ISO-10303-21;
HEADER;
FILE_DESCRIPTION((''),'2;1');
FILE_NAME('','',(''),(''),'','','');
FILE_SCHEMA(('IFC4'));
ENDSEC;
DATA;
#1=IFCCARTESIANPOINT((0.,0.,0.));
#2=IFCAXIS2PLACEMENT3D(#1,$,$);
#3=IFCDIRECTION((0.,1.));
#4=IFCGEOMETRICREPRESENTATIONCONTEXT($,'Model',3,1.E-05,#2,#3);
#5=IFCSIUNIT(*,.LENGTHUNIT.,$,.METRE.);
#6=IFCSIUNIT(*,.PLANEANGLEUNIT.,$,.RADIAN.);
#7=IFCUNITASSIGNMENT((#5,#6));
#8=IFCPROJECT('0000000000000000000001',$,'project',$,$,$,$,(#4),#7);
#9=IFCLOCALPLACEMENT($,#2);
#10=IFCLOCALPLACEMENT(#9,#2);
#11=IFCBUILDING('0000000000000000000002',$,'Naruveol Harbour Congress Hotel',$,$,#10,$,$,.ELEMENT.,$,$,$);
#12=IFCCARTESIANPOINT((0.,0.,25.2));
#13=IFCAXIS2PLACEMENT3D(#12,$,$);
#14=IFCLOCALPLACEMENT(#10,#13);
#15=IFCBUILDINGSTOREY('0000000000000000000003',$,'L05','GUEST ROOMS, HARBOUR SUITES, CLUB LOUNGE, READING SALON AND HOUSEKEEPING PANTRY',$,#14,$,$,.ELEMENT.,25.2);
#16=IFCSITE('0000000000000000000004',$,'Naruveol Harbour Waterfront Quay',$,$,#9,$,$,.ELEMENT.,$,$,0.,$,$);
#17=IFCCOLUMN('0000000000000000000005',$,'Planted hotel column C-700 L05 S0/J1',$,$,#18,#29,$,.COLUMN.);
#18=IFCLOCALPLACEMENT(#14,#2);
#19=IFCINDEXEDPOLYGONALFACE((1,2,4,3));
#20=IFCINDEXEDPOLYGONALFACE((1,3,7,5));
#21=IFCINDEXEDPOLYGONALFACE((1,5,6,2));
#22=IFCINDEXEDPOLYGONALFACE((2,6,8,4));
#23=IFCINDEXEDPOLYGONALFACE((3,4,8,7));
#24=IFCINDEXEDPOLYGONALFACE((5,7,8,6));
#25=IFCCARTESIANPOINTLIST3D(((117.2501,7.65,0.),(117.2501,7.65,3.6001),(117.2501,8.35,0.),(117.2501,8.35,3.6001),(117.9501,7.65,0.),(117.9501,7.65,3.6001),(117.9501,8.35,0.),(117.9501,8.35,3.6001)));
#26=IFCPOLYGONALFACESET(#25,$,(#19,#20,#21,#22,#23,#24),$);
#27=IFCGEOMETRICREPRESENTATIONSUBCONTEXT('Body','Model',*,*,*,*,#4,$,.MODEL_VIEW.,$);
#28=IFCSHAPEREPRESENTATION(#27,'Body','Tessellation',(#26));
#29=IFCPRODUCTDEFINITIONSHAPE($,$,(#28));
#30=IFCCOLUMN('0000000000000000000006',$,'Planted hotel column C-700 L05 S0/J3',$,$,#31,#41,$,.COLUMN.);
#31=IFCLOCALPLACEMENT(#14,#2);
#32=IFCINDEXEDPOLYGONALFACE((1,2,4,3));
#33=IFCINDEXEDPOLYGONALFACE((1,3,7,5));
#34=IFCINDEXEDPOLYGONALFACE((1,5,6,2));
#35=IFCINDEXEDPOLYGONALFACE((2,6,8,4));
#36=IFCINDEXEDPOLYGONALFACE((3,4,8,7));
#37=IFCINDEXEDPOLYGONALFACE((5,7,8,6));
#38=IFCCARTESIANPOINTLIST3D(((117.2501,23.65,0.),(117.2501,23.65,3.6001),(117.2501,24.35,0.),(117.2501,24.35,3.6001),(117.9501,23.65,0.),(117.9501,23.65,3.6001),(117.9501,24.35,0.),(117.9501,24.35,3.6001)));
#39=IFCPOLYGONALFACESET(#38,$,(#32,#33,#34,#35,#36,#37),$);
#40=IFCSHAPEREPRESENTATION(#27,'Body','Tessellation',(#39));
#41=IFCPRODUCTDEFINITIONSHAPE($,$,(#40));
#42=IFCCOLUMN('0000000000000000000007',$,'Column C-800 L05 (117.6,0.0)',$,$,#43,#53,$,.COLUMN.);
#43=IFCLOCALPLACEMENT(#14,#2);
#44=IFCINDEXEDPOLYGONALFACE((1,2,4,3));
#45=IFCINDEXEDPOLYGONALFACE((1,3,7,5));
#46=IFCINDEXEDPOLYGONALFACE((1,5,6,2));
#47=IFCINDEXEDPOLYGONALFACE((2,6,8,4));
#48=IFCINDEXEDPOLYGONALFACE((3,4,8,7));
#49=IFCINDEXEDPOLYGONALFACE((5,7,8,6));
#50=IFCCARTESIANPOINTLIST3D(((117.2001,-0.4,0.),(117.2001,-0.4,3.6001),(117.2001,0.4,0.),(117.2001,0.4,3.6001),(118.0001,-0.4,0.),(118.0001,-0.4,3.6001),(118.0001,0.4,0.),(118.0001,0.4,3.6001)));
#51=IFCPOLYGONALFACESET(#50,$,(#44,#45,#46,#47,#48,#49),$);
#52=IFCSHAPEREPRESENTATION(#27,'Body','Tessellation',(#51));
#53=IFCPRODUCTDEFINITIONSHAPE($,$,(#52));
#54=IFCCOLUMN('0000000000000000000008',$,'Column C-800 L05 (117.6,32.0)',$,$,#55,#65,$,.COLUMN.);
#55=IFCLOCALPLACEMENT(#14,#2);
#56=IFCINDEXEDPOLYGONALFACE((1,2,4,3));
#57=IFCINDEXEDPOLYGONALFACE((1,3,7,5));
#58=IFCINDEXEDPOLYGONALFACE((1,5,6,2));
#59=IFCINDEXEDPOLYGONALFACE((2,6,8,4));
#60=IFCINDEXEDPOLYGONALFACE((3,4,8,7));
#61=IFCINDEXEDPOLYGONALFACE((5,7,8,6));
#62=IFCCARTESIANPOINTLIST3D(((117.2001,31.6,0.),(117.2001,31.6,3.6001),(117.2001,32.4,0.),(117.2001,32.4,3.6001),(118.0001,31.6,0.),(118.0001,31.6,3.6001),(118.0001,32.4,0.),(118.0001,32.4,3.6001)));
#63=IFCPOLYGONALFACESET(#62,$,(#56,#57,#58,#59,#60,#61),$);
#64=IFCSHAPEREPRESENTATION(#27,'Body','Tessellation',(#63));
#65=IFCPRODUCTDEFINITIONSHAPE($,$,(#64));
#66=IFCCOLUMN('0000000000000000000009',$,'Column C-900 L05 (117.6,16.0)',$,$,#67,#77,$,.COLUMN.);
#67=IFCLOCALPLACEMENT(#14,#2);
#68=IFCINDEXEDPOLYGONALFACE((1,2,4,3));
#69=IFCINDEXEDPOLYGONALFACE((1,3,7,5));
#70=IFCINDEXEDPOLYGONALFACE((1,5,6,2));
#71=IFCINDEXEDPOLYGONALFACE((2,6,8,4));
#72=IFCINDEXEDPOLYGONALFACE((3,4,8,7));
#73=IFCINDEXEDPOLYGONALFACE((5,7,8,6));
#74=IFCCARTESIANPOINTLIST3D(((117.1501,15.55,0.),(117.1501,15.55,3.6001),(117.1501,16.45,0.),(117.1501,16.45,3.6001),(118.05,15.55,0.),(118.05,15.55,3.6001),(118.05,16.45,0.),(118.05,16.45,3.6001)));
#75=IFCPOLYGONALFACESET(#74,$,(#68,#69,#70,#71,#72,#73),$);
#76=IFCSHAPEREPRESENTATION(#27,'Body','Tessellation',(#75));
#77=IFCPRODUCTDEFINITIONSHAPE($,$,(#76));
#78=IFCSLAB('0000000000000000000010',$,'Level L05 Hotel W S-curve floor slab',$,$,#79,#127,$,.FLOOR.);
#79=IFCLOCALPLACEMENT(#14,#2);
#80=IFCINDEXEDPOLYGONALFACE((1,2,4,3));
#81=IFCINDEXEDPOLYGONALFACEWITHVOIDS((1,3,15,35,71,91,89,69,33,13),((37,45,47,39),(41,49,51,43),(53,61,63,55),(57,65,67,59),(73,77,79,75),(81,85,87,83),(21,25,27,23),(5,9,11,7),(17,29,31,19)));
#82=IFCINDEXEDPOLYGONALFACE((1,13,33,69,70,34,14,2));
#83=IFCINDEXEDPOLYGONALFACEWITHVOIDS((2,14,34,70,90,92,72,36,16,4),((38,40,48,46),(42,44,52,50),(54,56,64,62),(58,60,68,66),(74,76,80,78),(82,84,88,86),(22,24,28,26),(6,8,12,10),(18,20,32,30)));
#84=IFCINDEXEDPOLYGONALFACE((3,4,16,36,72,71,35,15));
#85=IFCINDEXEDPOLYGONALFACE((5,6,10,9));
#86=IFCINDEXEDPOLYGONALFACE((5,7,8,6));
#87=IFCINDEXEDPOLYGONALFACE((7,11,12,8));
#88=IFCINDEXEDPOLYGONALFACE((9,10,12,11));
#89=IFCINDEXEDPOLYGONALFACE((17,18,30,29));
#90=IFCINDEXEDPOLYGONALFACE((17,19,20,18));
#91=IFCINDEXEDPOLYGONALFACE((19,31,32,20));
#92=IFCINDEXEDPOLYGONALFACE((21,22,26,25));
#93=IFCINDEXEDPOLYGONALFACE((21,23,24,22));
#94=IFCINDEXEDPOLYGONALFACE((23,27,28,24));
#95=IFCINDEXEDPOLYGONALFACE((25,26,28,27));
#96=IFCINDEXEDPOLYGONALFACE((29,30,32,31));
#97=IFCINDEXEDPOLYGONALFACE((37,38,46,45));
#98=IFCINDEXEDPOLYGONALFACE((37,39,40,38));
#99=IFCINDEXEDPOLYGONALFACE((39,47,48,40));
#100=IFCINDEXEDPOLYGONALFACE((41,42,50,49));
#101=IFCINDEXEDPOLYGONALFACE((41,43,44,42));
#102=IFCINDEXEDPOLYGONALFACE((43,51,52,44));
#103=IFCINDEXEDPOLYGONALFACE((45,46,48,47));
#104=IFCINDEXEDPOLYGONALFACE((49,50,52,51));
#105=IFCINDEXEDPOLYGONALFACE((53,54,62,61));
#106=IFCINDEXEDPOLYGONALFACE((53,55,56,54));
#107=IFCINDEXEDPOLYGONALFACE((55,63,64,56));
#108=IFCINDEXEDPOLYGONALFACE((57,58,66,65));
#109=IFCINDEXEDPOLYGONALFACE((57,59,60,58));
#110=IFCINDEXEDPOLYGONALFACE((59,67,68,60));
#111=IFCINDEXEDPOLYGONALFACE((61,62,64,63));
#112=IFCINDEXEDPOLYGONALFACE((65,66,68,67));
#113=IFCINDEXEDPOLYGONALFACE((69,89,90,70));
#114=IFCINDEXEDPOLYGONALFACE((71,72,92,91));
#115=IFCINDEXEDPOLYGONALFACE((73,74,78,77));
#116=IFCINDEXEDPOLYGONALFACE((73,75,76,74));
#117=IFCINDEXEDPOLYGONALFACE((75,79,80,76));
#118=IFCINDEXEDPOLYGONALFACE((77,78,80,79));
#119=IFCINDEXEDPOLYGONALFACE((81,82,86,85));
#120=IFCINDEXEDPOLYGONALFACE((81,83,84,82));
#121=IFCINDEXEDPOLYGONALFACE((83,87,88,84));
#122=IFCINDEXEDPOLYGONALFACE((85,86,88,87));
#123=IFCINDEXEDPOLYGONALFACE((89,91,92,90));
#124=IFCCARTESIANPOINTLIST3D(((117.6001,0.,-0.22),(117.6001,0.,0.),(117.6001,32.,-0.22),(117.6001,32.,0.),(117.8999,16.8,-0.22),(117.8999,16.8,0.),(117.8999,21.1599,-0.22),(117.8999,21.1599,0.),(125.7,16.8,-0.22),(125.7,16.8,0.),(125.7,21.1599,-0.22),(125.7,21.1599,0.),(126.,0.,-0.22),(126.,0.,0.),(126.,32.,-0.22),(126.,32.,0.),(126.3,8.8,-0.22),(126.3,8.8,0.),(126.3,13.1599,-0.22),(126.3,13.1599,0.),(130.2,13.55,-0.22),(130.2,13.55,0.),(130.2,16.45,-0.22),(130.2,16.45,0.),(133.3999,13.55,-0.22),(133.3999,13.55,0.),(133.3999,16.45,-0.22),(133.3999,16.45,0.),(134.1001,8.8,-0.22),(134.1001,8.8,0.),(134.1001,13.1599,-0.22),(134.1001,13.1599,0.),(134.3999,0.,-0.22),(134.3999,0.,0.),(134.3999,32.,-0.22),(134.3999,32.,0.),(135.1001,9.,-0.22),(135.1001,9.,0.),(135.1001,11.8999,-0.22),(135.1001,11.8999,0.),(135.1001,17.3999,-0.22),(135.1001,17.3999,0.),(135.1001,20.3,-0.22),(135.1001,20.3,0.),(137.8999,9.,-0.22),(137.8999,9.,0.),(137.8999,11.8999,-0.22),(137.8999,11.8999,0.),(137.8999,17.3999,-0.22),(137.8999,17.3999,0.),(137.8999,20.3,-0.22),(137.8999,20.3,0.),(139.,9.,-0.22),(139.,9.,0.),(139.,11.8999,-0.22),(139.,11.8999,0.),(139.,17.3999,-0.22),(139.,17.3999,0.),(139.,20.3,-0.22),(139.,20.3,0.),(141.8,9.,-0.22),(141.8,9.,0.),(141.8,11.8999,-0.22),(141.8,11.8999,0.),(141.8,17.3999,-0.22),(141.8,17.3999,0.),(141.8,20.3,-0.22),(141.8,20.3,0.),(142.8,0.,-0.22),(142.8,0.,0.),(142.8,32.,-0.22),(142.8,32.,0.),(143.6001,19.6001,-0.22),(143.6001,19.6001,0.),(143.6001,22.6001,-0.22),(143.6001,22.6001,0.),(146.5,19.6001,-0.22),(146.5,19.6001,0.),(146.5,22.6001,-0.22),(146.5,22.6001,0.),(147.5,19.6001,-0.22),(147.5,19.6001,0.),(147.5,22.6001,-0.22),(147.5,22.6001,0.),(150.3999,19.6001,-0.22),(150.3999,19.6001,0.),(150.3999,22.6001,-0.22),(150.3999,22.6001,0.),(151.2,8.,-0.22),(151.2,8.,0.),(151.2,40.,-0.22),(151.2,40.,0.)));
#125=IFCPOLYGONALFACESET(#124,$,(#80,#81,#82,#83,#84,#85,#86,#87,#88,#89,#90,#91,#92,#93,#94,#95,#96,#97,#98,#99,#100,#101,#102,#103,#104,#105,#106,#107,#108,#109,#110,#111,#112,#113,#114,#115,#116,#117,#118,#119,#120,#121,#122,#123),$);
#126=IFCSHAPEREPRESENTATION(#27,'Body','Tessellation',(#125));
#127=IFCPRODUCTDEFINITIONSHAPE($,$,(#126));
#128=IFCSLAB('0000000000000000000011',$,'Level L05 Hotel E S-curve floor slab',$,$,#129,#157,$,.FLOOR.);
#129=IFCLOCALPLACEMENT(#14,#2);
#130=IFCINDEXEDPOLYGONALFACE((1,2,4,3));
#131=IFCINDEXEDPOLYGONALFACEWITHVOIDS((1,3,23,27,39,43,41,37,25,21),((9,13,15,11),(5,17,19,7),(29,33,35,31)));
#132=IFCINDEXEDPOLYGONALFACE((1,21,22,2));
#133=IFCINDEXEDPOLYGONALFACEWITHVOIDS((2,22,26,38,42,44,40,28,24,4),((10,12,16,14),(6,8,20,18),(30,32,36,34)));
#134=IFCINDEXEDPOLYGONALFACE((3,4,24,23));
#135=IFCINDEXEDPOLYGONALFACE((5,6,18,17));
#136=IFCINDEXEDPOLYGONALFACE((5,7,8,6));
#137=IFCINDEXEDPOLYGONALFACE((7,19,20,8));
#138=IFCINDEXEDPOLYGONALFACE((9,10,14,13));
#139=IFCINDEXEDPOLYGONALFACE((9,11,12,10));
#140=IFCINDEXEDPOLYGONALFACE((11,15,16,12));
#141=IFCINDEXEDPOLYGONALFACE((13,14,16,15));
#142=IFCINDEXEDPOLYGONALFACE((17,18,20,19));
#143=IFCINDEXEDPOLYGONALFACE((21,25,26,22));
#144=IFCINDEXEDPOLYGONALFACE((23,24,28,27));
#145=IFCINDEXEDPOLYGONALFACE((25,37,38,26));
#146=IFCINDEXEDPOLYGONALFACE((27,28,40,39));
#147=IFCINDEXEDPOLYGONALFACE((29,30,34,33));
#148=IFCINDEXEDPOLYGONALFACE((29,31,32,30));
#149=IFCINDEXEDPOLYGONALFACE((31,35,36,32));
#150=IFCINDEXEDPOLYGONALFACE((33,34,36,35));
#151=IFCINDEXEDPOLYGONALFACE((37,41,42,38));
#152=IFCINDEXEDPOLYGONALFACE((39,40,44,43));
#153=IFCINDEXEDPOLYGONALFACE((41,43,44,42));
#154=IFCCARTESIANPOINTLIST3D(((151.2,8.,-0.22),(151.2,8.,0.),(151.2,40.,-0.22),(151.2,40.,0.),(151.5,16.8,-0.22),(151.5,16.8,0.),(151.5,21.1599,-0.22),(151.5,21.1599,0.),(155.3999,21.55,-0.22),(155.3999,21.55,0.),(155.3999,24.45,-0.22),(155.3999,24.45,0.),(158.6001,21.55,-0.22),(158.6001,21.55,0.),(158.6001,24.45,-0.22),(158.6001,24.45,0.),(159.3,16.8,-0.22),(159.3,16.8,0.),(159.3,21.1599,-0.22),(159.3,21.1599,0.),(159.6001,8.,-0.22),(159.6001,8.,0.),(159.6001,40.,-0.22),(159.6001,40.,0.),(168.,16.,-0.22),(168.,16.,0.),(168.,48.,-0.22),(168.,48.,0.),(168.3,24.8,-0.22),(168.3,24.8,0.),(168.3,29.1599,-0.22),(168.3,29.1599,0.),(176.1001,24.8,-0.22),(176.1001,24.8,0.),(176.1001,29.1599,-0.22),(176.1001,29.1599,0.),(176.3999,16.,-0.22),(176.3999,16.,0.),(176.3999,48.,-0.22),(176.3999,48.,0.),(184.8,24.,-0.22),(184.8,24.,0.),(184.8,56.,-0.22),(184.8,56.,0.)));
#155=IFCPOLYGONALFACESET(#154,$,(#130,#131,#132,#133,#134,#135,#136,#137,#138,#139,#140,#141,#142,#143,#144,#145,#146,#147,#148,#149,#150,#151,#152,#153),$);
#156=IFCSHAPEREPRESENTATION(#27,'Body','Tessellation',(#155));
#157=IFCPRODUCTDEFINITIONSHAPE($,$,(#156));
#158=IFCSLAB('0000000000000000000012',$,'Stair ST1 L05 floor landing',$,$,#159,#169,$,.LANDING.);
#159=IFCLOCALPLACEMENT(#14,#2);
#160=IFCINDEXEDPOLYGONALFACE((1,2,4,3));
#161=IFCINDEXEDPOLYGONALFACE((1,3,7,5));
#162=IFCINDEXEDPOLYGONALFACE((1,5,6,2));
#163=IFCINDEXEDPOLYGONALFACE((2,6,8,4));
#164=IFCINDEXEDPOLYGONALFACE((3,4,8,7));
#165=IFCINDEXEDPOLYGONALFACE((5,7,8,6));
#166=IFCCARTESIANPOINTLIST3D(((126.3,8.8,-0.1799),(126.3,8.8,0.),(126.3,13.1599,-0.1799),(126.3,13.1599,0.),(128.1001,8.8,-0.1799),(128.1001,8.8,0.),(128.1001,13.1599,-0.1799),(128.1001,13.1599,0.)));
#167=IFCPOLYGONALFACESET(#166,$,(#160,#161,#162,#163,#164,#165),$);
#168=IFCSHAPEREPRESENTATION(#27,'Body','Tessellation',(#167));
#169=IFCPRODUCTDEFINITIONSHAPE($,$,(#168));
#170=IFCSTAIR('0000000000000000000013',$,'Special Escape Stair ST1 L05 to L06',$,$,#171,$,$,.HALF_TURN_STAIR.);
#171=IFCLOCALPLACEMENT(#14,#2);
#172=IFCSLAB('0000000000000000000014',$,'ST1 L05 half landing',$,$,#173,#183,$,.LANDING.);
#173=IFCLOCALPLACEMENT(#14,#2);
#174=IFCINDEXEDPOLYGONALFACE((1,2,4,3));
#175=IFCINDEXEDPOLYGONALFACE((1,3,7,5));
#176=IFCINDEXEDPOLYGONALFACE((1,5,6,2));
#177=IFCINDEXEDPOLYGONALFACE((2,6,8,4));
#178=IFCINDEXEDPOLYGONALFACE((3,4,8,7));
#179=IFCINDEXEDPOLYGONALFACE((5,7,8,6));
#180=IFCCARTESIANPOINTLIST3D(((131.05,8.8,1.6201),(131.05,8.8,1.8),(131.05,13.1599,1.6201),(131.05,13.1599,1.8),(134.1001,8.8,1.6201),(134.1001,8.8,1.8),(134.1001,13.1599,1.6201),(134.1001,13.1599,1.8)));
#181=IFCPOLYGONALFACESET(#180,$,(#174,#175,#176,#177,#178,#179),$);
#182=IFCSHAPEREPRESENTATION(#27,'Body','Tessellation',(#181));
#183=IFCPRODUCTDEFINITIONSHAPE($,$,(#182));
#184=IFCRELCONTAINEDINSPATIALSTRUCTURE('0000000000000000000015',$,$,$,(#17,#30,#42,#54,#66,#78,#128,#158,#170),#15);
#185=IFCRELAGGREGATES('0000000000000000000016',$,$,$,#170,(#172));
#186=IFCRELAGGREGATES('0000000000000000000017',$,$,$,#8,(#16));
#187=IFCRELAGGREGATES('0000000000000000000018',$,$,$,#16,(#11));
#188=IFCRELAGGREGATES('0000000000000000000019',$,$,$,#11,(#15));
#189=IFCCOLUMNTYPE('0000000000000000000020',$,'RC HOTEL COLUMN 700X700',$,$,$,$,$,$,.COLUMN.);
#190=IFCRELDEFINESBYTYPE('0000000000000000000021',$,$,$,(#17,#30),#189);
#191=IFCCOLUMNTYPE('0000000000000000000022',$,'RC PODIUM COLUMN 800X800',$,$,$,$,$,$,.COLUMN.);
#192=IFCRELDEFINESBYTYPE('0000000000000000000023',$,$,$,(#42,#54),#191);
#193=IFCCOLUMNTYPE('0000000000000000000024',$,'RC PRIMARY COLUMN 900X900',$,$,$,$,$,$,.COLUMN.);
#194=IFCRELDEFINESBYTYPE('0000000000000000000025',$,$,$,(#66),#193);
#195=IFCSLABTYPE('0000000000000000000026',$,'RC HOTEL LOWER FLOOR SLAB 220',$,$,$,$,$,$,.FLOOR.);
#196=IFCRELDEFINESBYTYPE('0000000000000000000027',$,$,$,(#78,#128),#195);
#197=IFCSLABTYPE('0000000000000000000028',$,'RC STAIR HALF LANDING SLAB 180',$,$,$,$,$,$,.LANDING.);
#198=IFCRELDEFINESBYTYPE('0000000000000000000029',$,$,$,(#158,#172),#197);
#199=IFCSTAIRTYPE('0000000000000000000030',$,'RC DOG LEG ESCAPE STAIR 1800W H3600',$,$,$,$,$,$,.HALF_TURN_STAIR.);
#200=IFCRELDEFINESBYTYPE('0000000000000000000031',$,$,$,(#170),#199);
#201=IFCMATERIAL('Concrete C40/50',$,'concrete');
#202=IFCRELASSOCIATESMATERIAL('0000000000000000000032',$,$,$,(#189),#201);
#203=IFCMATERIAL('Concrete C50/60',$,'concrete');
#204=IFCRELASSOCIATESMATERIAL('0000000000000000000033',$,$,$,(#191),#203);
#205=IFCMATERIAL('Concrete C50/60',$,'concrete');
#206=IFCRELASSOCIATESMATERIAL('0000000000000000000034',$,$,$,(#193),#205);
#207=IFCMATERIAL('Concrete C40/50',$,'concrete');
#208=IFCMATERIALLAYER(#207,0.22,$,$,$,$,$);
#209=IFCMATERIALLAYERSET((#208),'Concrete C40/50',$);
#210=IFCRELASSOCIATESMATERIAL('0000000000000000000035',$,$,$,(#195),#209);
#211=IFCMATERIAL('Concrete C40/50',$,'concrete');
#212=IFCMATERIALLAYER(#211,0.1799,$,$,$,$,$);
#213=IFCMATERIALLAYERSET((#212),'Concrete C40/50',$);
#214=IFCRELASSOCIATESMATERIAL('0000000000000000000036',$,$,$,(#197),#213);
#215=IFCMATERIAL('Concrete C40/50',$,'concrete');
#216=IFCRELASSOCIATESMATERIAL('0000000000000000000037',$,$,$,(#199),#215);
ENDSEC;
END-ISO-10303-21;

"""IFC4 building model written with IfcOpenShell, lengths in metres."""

from ifc_helpers import new_model, si_unit, direction, frame, origin, origin_2d, place, context, subcontext, project, spatial, polyline, rectangle, outline, extrude, material, layer, layer_set, material_profile, profile_set, type_object, element, aggregate, save


model = new_model("IFC4")

# Units and contexts
model_context = context("Model", 3, precision=1e-05, world=origin(), true_north=direction((0.0, 1.0)))
body_context = subcontext(model_context, "Body", "Model", "MODEL_VIEW")
ifc_project = project(units=[si_unit("LENGTHUNIT", "METRE"), si_unit("PLANEANGLEUNIT", "RADIAN")], contexts=[model_context])

# Site, building, storey
site_placement = place(None, origin())
site = spatial("IfcSite", under=ifc_project, at=site_placement, Name="Naruveol Harbour Waterfront Quay", CompositionType="ELEMENT", RefElevation=0.0)
building_placement = place(site_placement, origin())
building = spatial("IfcBuilding", under=site, at=building_placement, Name="Naruveol Harbour Congress Hotel", CompositionType="ELEMENT")
storey_placement = place(building_placement, frame((0.0, 0.0, 25.2)))
storey = spatial("IfcBuildingStorey", under=building, at=storey_placement, Name="L05", Description="GUEST ROOMS, HARBOUR SUITES, CLUB LOUNGE, READING SALON AND HOUSEKEEPING PANTRY", CompositionType="ELEMENT", Elevation=25.2)

# Columns
ifc_material_1 = material(Name="Concrete C40/50", Category="concrete")
ifc_material_profile_1 = material_profile(ifc_material_1, rectangle(XDim=0.7, YDim=0.7, at=origin_2d()), Name="RC-700x700")
ifc_profile_set_1 = profile_set([ifc_material_profile_1], Name="Concrete C40/50")
column_type_1 = type_object("IfcColumnType", Name="RC HOTEL COLUMN 700X700", PredefinedType="COLUMN", material=ifc_profile_set_1)
for number, where, z_axis, x_axis, name in (
    (1, (117.6001, 8.0, 0.0), (0.0, 0.0, 1.0), (1.0, 0.0, 0.0), "Planted hotel column C-700 L05 S0/J1"),
    (2, (117.6001, 24.0, 0.0), (0.0, 0.0, 1.0), (1.0, 0.0, 0.0), "Planted hotel column C-700 L05 S0/J3"),
):
    element("IfcColumn", number, at=place(storey_placement, frame(where, z_axis=z_axis, x_axis=x_axis)), inside=storey, type_object=column_type_1, Name=name, PredefinedType="COLUMN", context=body_context, shape_type="SweptSolid", body=[
        extrude(rectangle(XDim=0.7, YDim=0.7, at=origin_2d()), origin(), (0.0, 0.0, 1.0), 3.6001),
    ])
ifc_material_2 = material(Name="Concrete C50/60", Category="concrete")
ifc_material_profile_2 = material_profile(ifc_material_2, rectangle(XDim=0.8, YDim=0.8, at=origin_2d()), Name="RC-800x800")
ifc_profile_set_2 = profile_set([ifc_material_profile_2], Name="Concrete C50/60")
column_type_2 = type_object("IfcColumnType", Name="RC PODIUM COLUMN 800X800", PredefinedType="COLUMN", material=ifc_profile_set_2)
for number, where, z_axis, x_axis, name in (
    (3, (117.6001, 0.0, 0.0), (0.0, 0.0, 1.0), (1.0, 0.0, 0.0), "Column C-800 L05 (117.6,0.0)"),
    (4, (117.6001, 32.0, 0.0), (0.0, 0.0, 1.0), (1.0, 0.0, 0.0), "Column C-800 L05 (117.6,32.0)"),
):
    element("IfcColumn", number, at=place(storey_placement, frame(where, z_axis=z_axis, x_axis=x_axis)), inside=storey, type_object=column_type_2, Name=name, PredefinedType="COLUMN", context=body_context, shape_type="SweptSolid", body=[
        extrude(rectangle(XDim=0.8, YDim=0.8, at=origin_2d()), origin(), (0.0, 0.0, 1.0), 3.6001),
    ])
ifc_material_3 = material(Name="Concrete C50/60", Category="concrete")
ifc_material_profile_3 = material_profile(ifc_material_3, rectangle(XDim=0.8999, YDim=0.8999, at=origin_2d()), Name="RC-900x900")
ifc_profile_set_3 = profile_set([ifc_material_profile_3], Name="Concrete C50/60")
column_type_3 = type_object("IfcColumnType", Name="RC PRIMARY COLUMN 900X900", PredefinedType="COLUMN", material=ifc_profile_set_3)
column_placement = place(storey_placement, frame((117.6001, 16.0, 0.0), z_axis=(0.0, 0.0, 1.0), x_axis=(1.0, 0.0, 0.0)))
element("IfcColumn", 5, at=column_placement, inside=storey, type_object=column_type_3, Name="Column C-900 L05 (117.6,16.0)", PredefinedType="COLUMN", context=body_context, shape_type="SweptSolid", body=[
    extrude(rectangle(XDim=0.8999, YDim=0.8999, at=origin_2d()), origin(), (0.0, 0.0, 1.0), 3.6001),
])

# Slabs
ifc_material_4 = material(Name="Concrete C40/50", Category="concrete")
ifc_layer_1 = layer(ifc_material_4, 0.22)
ifc_layer_set_1 = layer_set([ifc_layer_1], Name="Concrete C40/50")
slab_type_1 = type_object("IfcSlabType", Name="RC HOTEL LOWER FLOOR SLAB 220", PredefinedType="FLOOR", material=ifc_layer_set_1)
slab_1_placement = place(storey_placement, frame((0.0, 0.0, -0.22)))
element("IfcSlab", 6, at=slab_1_placement, inside=storey, type_object=slab_type_1, Name="Level L05 Hotel W S-curve floor slab", PredefinedType="FLOOR", context=body_context, shape_type="SweptSolid", body=[
    extrude(outline(polyline([(117.6001, 0.0), (126.0, 0.0), (134.3999, 0.0), (142.8, 0.0), (151.2, 8.0), (151.2, 40.0), (142.8, 32.0), (134.3999, 32.0), (126.0, 32.0), (117.6001, 32.0), (117.6001, 0.0)]), holes=[polyline([(126.3, 8.8), (134.1001, 8.8), (134.1001, 13.1599), (126.3, 13.1599), (126.3, 8.8)]), polyline([(117.8999, 16.8), (125.7, 16.8), (125.7, 21.1599), (117.8999, 21.1599), (117.8999, 16.8)]), polyline([(135.1001, 17.3999), (137.8999, 17.3999), (137.8999, 20.3), (135.1001, 20.3), (135.1001, 17.3999)]), polyline([(139.0, 17.3999), (141.8, 17.3999), (141.8, 20.3), (139.0, 20.3), (139.0, 17.3999)]), polyline([(135.1001, 9.0), (137.8999, 9.0), (137.8999, 11.8999), (135.1001, 11.8999), (135.1001, 9.0)]), polyline([(139.0, 9.0), (141.8, 9.0), (141.8, 11.8999), (139.0, 11.8999), (139.0, 9.0)]), polyline([(130.2, 13.55), (133.3999, 13.55), (133.3999, 16.45), (130.2, 16.45), (130.2, 13.55)]), polyline([(143.6001, 19.6001), (146.5, 19.6001), (146.5, 22.6001), (143.6001, 22.6001), (143.6001, 19.6001)]), polyline([(147.5, 19.6001), (150.3999, 19.6001), (150.3999, 22.6001), (147.5, 22.6001), (147.5, 19.6001)])]), origin(), (0.0, 0.0, 1.0), 0.22),
])
slab_2_placement = place(storey_placement, frame((0.0, 0.0, -0.22)))
element("IfcSlab", 7, at=slab_2_placement, inside=storey, type_object=slab_type_1, Name="Level L05 Hotel E S-curve floor slab", PredefinedType="FLOOR", context=body_context, shape_type="SweptSolid", body=[
    extrude(outline(polyline([(151.2, 8.0), (159.6001, 8.0), (168.0, 16.0), (176.3999, 16.0), (184.8, 24.0), (184.8, 56.0), (176.3999, 48.0), (168.0, 48.0), (159.6001, 40.0), (151.2, 40.0), (151.2, 8.0)]), holes=[polyline([(151.5, 16.8), (159.3, 16.8), (159.3, 21.1599), (151.5, 21.1599), (151.5, 16.8)]), polyline([(168.3, 24.8), (176.1001, 24.8), (176.1001, 29.1599), (168.3, 29.1599), (168.3, 24.8)]), polyline([(155.3999, 21.55), (158.6001, 21.55), (158.6001, 24.45), (155.3999, 24.45), (155.3999, 21.55)])]), origin(), (0.0, 0.0, 1.0), 0.22),
])
ifc_material_5 = material(Name="Concrete C40/50", Category="concrete")
ifc_layer_2 = layer(ifc_material_5, 0.1799)
ifc_layer_set_2 = layer_set([ifc_layer_2], Name="Concrete C40/50")
slab_type_2 = type_object("IfcSlabType", Name="RC STAIR HALF LANDING SLAB 180", PredefinedType="LANDING", material=ifc_layer_set_2)
slab_3_placement = place(storey_placement, frame((0.0, 0.0, -0.1799)))
element("IfcSlab", 8, at=slab_3_placement, inside=storey, type_object=slab_type_2, Name="Stair ST1 L05 floor landing", PredefinedType="LANDING", context=body_context, shape_type="SweptSolid", body=[
    extrude(outline(polyline([(126.3, 8.8), (128.1001, 8.8), (128.1001, 13.1599), (126.3, 13.1599), (126.3, 8.8)])), origin(), (0.0, 0.0, 1.0), 0.1799),
])

# Stair, slab
ifc_material_6 = material(Name="Concrete C40/50", Category="concrete")
stair_type = type_object("IfcStairType", Name="RC DOG LEG ESCAPE STAIR 1800W H3600", PredefinedType="HALF_TURN_STAIR", material=ifc_material_6)
stair_1_placement = place(storey_placement, origin())
stair_1 = element("IfcStair", 9, at=stair_1_placement, inside=storey, type_object=stair_type, Name="Special Escape Stair ST1 L05 to L06", PredefinedType="HALF_TURN_STAIR")
slab_4_placement = place(storey_placement, frame((0.0, 0.0, 1.6201)))
slab_4 = element("IfcSlab", 10, at=slab_4_placement, type_object=slab_type_2, Name="ST1 L05 half landing", PredefinedType="LANDING", context=body_context, shape_type="SweptSolid", body=[
    extrude(outline(polyline([(131.05, 8.8), (134.1001, 8.8), (134.1001, 13.1599), (131.05, 13.1599), (131.05, 8.8)])), origin(), (0.0, 0.0, 1.0), 0.1799),
])
aggregate(stair_1, [slab_4])

save(model, "model.ifc")
